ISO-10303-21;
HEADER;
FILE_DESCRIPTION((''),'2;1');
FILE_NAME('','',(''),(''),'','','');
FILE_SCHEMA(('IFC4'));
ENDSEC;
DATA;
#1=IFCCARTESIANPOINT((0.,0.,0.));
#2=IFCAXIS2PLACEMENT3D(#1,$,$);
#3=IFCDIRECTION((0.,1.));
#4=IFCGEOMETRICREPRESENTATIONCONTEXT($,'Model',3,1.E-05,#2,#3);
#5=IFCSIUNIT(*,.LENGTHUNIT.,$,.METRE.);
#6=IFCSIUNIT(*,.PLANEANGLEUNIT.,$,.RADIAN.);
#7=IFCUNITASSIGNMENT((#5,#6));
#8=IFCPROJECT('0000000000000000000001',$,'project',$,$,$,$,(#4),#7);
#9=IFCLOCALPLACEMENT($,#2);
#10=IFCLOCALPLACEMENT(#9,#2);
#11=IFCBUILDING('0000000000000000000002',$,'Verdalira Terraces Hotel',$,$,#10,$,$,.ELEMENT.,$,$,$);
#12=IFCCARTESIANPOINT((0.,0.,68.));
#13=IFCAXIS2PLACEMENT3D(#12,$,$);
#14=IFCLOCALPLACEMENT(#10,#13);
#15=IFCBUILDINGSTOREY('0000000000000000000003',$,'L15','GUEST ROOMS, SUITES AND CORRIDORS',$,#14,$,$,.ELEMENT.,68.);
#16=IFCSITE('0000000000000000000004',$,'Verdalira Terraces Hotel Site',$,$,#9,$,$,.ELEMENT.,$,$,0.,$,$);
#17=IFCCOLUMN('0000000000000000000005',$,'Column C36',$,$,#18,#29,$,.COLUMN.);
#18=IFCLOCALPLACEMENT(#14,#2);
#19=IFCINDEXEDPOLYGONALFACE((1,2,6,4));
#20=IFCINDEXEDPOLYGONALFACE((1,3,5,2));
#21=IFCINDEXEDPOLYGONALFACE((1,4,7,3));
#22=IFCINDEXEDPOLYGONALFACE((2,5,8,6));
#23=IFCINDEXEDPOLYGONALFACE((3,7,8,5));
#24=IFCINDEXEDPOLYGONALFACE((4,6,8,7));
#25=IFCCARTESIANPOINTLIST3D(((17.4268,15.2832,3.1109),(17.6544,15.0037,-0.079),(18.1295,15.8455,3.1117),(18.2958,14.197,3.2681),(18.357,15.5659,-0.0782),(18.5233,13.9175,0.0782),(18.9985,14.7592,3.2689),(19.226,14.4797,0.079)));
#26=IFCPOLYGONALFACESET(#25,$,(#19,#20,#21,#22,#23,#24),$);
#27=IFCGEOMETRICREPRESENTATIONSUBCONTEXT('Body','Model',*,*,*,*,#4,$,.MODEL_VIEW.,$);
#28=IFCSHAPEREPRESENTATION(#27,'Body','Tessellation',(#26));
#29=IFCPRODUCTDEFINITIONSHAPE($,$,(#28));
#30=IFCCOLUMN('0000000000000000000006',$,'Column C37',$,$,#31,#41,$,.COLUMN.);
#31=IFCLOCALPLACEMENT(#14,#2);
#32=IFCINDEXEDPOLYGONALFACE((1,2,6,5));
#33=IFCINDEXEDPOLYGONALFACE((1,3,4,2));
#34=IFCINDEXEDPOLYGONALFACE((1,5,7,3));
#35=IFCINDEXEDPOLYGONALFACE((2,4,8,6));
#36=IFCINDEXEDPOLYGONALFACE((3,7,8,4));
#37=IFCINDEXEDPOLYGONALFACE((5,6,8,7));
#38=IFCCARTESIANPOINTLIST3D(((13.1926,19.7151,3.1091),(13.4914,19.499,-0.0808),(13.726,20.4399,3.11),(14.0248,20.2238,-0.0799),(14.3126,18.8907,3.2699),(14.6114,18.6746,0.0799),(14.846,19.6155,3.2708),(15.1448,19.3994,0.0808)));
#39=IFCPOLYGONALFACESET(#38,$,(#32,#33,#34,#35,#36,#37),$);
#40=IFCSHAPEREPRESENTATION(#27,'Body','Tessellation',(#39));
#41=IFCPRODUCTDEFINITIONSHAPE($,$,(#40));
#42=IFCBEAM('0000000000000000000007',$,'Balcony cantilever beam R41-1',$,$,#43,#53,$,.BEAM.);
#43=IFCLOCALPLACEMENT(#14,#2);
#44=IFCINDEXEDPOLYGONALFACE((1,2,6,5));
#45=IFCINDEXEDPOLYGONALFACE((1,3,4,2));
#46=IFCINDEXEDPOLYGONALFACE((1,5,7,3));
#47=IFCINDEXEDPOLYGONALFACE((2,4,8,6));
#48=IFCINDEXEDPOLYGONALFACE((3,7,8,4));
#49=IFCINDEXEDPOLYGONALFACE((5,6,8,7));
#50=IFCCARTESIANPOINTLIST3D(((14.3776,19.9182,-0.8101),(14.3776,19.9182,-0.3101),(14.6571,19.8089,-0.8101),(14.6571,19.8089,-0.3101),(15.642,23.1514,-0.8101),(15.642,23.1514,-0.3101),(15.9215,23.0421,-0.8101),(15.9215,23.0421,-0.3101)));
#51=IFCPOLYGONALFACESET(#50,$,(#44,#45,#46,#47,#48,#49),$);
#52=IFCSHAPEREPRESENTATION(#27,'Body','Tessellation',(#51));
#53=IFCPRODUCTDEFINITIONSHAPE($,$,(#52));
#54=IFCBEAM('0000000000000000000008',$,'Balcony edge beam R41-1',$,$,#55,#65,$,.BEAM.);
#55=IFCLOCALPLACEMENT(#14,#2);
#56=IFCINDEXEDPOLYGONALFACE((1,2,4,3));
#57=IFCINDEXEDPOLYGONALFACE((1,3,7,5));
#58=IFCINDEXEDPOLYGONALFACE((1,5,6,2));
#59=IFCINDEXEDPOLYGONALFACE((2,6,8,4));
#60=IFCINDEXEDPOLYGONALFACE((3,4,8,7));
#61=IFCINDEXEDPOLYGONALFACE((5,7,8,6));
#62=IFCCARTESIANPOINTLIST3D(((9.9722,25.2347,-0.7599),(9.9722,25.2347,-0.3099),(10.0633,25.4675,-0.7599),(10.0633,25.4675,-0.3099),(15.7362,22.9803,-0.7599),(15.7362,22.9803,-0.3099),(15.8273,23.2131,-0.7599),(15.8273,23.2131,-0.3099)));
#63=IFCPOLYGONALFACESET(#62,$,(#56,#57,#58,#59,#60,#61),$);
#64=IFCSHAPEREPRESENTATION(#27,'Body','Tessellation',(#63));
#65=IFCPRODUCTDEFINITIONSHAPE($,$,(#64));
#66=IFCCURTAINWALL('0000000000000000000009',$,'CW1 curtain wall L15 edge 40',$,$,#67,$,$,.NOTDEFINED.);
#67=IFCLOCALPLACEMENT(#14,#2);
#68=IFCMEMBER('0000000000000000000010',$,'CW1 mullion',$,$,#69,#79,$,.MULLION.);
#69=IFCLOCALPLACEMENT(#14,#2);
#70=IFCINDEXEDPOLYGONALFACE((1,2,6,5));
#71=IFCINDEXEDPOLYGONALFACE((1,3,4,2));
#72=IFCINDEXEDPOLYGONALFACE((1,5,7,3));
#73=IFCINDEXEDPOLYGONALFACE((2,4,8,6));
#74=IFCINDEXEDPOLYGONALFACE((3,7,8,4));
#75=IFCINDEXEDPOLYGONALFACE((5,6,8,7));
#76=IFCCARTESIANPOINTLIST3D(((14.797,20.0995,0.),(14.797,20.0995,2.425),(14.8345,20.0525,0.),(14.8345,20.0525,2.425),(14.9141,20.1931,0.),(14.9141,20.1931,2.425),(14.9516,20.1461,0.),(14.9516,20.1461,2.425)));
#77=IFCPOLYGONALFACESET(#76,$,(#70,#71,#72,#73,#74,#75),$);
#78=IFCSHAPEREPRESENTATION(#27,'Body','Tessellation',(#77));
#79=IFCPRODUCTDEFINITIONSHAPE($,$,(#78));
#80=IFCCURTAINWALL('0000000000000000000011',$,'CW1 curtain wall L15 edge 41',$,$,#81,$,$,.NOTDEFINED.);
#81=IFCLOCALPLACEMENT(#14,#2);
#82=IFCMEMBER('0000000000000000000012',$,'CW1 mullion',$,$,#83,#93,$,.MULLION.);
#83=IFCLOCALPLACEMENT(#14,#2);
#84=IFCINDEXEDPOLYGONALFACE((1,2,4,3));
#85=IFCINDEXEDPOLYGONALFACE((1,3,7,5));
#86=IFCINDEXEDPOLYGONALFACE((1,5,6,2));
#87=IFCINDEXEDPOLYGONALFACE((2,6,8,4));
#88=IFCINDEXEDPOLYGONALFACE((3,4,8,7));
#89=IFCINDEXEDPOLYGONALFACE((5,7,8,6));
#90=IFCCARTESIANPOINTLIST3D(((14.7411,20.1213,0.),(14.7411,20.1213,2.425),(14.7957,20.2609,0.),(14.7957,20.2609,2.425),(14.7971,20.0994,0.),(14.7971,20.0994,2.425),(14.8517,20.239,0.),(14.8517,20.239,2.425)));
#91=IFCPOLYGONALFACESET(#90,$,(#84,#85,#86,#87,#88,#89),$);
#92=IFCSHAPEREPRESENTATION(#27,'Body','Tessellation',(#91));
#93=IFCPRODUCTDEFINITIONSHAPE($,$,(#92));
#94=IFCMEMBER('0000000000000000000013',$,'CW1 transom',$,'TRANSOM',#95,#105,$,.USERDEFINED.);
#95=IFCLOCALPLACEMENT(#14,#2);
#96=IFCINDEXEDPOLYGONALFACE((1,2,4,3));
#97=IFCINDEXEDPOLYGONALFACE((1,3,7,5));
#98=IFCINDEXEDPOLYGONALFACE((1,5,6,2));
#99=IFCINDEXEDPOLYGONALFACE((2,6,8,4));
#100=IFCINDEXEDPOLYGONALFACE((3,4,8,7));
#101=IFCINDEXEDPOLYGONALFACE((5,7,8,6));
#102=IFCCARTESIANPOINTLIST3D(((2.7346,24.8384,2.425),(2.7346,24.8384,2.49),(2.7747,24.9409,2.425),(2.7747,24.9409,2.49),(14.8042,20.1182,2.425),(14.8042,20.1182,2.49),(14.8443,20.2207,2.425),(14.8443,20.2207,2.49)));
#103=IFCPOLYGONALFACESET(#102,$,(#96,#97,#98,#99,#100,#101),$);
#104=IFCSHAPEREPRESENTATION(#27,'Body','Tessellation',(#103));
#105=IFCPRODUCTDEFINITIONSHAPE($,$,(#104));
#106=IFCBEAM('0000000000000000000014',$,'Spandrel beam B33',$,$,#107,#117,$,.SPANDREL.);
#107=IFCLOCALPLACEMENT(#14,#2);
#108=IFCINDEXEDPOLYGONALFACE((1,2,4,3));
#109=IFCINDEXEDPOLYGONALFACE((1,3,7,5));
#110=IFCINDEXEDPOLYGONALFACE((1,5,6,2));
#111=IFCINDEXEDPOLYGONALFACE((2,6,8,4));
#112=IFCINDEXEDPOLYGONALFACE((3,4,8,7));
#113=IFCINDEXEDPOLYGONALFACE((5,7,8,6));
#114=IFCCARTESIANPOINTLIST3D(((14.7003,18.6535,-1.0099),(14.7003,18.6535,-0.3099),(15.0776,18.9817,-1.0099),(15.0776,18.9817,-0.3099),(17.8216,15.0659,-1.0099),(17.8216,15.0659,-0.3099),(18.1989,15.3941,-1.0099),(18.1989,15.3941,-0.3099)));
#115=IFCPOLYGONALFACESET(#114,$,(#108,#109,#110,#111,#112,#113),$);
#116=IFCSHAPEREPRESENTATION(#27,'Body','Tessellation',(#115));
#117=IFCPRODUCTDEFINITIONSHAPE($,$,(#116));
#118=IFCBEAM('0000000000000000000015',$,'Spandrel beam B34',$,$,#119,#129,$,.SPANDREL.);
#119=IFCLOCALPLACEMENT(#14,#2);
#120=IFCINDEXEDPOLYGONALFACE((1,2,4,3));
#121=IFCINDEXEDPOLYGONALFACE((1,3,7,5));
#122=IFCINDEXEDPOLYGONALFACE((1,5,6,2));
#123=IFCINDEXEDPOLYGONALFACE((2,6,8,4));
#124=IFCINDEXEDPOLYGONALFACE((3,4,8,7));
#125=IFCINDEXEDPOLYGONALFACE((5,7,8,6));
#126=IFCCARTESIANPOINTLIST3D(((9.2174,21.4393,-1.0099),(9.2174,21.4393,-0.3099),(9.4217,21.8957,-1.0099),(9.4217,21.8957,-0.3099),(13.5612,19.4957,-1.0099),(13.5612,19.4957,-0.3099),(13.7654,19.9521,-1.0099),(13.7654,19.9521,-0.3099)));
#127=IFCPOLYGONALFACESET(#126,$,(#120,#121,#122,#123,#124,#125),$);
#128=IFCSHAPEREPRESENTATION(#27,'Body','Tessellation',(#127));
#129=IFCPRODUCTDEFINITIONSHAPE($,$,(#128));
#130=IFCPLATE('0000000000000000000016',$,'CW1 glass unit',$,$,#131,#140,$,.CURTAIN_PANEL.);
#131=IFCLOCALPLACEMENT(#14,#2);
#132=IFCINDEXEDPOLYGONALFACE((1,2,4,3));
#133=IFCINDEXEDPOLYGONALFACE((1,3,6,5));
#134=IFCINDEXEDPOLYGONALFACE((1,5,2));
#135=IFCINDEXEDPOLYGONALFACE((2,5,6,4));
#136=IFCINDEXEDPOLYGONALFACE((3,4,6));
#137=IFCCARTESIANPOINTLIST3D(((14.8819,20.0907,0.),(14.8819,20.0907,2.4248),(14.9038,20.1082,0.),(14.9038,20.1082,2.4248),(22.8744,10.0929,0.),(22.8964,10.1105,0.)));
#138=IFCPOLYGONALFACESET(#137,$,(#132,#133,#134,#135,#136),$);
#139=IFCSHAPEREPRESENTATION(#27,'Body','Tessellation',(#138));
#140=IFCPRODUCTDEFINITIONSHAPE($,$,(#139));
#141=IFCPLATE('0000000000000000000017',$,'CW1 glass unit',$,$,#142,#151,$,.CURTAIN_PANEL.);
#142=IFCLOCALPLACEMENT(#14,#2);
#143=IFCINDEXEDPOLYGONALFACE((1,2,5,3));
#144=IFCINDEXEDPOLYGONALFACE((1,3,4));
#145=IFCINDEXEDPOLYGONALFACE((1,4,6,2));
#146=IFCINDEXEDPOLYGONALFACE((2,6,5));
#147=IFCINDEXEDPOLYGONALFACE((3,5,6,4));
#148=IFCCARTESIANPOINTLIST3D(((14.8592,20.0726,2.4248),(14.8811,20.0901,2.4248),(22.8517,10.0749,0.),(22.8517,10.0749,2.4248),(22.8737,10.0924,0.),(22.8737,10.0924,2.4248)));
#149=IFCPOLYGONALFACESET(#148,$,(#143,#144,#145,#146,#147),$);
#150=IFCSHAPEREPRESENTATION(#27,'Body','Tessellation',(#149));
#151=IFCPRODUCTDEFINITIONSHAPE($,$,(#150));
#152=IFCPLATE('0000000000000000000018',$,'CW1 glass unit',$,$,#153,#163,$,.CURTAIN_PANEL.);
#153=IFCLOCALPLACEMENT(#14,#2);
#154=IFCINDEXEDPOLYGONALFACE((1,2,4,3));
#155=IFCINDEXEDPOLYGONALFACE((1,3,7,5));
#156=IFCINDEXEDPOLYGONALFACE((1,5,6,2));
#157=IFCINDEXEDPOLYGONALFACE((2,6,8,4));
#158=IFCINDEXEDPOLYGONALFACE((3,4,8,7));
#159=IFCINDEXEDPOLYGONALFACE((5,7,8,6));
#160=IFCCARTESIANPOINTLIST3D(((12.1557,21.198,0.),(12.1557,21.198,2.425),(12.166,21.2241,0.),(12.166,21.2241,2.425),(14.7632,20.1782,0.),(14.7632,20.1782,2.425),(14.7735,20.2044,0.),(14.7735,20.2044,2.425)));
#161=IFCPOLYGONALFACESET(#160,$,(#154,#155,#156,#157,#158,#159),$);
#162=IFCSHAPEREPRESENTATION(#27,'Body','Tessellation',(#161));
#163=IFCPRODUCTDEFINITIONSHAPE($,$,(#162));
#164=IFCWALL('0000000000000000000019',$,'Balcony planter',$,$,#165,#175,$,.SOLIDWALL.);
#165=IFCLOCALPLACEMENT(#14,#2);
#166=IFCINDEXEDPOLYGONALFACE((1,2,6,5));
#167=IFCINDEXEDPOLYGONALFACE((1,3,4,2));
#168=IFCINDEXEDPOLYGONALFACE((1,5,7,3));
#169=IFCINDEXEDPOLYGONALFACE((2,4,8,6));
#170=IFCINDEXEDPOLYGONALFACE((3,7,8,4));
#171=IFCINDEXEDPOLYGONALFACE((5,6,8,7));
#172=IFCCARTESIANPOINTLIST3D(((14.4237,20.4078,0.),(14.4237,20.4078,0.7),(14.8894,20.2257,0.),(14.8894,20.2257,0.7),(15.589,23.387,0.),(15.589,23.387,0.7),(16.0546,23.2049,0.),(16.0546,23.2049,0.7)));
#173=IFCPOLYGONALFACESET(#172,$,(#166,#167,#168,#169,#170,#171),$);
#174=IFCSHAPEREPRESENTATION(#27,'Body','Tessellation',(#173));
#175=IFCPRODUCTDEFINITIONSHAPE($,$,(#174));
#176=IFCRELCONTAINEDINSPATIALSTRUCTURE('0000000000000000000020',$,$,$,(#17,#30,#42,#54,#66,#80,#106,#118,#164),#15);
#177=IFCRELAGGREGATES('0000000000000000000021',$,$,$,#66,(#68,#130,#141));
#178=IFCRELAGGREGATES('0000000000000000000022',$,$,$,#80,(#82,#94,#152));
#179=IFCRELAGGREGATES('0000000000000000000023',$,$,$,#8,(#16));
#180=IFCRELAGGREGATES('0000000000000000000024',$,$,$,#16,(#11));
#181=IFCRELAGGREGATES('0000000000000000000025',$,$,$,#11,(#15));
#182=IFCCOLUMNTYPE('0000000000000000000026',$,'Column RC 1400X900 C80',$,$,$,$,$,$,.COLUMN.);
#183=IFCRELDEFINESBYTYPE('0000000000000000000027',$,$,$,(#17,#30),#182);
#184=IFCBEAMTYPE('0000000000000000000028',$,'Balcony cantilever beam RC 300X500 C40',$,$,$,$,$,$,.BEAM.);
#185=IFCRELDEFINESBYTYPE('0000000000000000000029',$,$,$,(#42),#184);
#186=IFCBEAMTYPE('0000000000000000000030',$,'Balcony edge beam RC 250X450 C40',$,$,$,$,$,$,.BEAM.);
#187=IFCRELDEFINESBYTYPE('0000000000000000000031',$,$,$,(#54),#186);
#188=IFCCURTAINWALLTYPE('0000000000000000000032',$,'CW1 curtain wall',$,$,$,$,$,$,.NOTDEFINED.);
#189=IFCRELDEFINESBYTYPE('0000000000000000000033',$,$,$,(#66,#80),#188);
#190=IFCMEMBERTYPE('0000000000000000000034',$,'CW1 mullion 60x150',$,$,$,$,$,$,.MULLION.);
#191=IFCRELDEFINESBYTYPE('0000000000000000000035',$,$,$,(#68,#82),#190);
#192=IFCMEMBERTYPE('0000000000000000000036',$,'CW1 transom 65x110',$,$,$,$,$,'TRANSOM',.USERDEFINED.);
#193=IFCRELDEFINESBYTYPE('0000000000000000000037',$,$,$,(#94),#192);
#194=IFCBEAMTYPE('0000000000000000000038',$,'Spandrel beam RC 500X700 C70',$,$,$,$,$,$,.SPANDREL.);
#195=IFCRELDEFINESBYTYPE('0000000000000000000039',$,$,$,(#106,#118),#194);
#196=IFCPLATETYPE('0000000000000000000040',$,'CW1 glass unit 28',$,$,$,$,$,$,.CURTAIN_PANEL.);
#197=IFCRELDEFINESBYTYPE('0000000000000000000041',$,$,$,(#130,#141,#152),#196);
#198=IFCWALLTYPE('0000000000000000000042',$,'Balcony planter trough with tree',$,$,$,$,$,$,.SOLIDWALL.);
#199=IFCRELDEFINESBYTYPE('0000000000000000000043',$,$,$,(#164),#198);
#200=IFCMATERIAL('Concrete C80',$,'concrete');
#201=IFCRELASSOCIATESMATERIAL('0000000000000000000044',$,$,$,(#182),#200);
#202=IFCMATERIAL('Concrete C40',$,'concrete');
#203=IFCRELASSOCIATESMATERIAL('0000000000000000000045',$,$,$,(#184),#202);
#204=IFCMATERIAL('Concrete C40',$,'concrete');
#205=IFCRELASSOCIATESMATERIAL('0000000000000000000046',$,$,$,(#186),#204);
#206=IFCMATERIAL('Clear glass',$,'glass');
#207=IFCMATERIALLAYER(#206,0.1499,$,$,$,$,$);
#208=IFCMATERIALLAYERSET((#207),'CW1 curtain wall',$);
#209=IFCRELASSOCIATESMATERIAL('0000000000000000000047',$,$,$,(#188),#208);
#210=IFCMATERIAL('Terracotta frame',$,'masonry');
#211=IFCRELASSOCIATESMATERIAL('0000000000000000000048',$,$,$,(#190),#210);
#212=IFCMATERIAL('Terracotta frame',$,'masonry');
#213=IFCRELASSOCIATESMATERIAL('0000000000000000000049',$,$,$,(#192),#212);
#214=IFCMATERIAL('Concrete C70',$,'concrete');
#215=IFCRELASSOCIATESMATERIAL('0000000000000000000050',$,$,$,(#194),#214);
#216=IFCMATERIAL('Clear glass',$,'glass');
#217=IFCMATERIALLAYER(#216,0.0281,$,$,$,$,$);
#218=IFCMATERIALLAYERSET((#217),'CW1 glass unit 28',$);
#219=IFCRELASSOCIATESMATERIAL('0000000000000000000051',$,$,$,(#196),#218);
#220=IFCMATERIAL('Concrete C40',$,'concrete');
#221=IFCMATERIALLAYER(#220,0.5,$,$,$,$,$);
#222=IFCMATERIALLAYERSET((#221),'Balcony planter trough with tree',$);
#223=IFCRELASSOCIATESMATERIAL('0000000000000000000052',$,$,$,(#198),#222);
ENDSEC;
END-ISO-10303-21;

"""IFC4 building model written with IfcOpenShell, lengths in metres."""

from ifc_helpers import new_model, si_unit, direction, frame, frame_2d, origin, origin_2d, place, context, subcontext, project, spatial, polyline, rectangle, outline, extrude, material, layer, layer_set, material_profile, profile_set, type_object, element, aggregate, save


model = new_model("IFC4")

# Units and contexts
model_context = context("Model", 3, precision=1e-05, world=origin(), true_north=direction((0.0, 1.0)))
body_context = subcontext(model_context, "Body", "Model", "MODEL_VIEW")
ifc_project = project(units=[si_unit("LENGTHUNIT", "METRE"), si_unit("PLANEANGLEUNIT", "RADIAN")], contexts=[model_context])

# Site, building, storey
site_placement = place(None, origin())
site = spatial("IfcSite", under=ifc_project, at=site_placement, Name="Verdalira Terraces Hotel Site", CompositionType="ELEMENT", RefElevation=0.0)
building_placement = place(site_placement, origin())
building = spatial("IfcBuilding", under=site, at=building_placement, Name="Verdalira Terraces Hotel", CompositionType="ELEMENT")
storey_placement = place(building_placement, frame((0.0, 0.0, 68.0)))
storey = spatial("IfcBuildingStorey", under=building, at=storey_placement, Name="L15", Description="GUEST ROOMS, SUITES AND CORRIDORS", CompositionType="ELEMENT", Elevation=68.0)

# Columns
ifc_material_1 = material(Name="Concrete C80", Category="concrete")
ifc_material_profile_1 = material_profile(ifc_material_1, rectangle(XDim=1.3999, YDim=0.8999, at=origin_2d()), Name="RC 1400X900")
ifc_profile_set_1 = profile_set([ifc_material_profile_1], Name="Concrete C80")
column_type = type_object("IfcColumnType", Name="Column RC 1400X900 C80", PredefinedType="COLUMN", material=ifc_profile_set_1)
column_1_placement = place(storey_placement, frame((18.4402, 14.7417, 0.0), z_axis=(-0.070879, 0.087078, 0.993677), x_axis=(-0.620728, 0.775946, -0.112274)))
element("IfcColumn", 1, at=column_1_placement, inside=storey, type_object=column_type, Name="Column C36", PredefinedType="COLUMN", context=body_context, shape_type="SweptSolid", body=[
    extrude(rectangle(XDim=1.3999, YDim=0.8999, at=origin_2d()), origin(), (0.0, 0.0, 1.0), 3.2102),
])
column_2_placement = place(storey_placement, frame((14.3181, 19.4492, 0.0), z_axis=(-0.093059, 0.067285, 0.993385), x_axis=(0.800034, -0.588863, 0.114831)))
element("IfcColumn", 2, at=column_2_placement, inside=storey, type_object=column_type, Name="Column C37", PredefinedType="COLUMN", context=body_context, shape_type="SweptSolid", body=[
    extrude(rectangle(XDim=1.3999, YDim=0.8999, at=origin_2d()), origin(), (0.0, 0.0, 1.0), 3.2112),
])

# Beams
ifc_material_2 = material(Name="Concrete C40", Category="concrete")
ifc_material_profile_2 = material_profile(ifc_material_2, rectangle(XDim=0.3, YDim=0.5, at=origin_2d()), Name="RC 300X500")
ifc_profile_set_2 = profile_set([ifc_material_profile_2], Name="Concrete C40")
beam_type_1 = type_object("IfcBeamType", Name="Balcony cantilever beam RC 300X500 C40", PredefinedType="BEAM", material=ifc_profile_set_2)
beam_1_placement = place(storey_placement, frame((14.5173, 19.8635, -0.5601), z_axis=(0.364214, 0.931315, 0.0), x_axis=(-0.931315, 0.364214, 0.0)))
element("IfcBeam", 3, at=beam_1_placement, inside=storey, type_object=beam_type_1, Name="Balcony cantilever beam R41-1", PredefinedType="BEAM", context=body_context, shape_type="SweptSolid", body=[
    extrude(rectangle(XDim=0.3, YDim=0.5, at=origin_2d()), origin(), (0.0, 0.0, 1.0), 3.4717),
])
ifc_material_3 = material(Name="Concrete C40", Category="concrete")
ifc_material_profile_3 = material_profile(ifc_material_3, rectangle(XDim=0.25, YDim=0.45, at=origin_2d()), Name="RC 250X450")
ifc_profile_set_3 = profile_set([ifc_material_profile_3], Name="Concrete C40")
beam_type_2 = type_object("IfcBeamType", Name="Balcony edge beam RC 250X450 C40", PredefinedType="BEAM", material=ifc_profile_set_3)
beam_2_placement = place(storey_placement, frame((15.7817, 23.0967, -0.5349), z_axis=(-0.9313, 0.364252, 0.0), x_axis=(-0.364252, -0.9313, 0.0)))
element("IfcBeam", 4, at=beam_2_placement, inside=storey, type_object=beam_type_2, Name="Balcony edge beam R41-1", PredefinedType="BEAM", context=body_context, shape_type="SweptSolid", body=[
    extrude(rectangle(XDim=0.25, YDim=0.45, at=origin_2d()), origin(), (0.0, 0.0, 1.0), 6.1892),
])

# Curtain wall, member
ifc_material_4 = material(Name="Clear glass", Category="glass")
ifc_layer_1 = layer(ifc_material_4, 0.1499)
ifc_layer_set_1 = layer_set([ifc_layer_1], Name="CW1 curtain wall")
curtain_wall_type = type_object("IfcCurtainWallType", Name="CW1 curtain wall", PredefinedType="NOTDEFINED", material=ifc_layer_set_1)
curtain_wall_1_placement = place(storey_placement, origin())
curtain_wall_1 = element("IfcCurtainWall", 5, at=curtain_wall_1_placement, inside=storey, type_object=curtain_wall_type, Name="CW1 curtain wall L15 edge 40", PredefinedType="NOTDEFINED")
ifc_material_5 = material(Name="Terracotta frame", Category="masonry")
ifc_material_profile_4 = material_profile(ifc_material_5, rectangle(XDim=0.0601, YDim=0.1499, at=origin_2d()), Name="MU 60x150")
ifc_profile_set_4 = profile_set([ifc_material_profile_4], Name="Terracotta frame")
member_type_1 = type_object("IfcMemberType", Name="CW1 mullion 60x150", PredefinedType="MULLION", material=ifc_profile_set_4)
member_1_placement = place(storey_placement, frame((14.8743, 20.1228, 0.0), z_axis=(0.0, 0.0, 1.0), x_axis=(-0.624425, 0.781085, 0.0)))
member_1 = element("IfcMember", 6, at=member_1_placement, type_object=member_type_1, Name="CW1 mullion", PredefinedType="MULLION", context=body_context, shape_type="SweptSolid", body=[
    extrude(rectangle(XDim=0.0601, YDim=0.1499, at=origin_2d()), origin(), (0.0, 0.0, 1.0), 2.425),
])

# Curtain wall, members
curtain_wall_2_placement = place(storey_placement, origin())
curtain_wall_2 = element("IfcCurtainWall", 7, at=curtain_wall_2_placement, inside=storey, type_object=curtain_wall_type, Name="CW1 curtain wall L15 edge 41", PredefinedType="NOTDEFINED")
member_2_placement = place(storey_placement, frame((14.7964, 20.1802, 0.0), z_axis=(0.0, 0.0, 1.0), x_axis=(-0.93131, 0.364227, 0.0)))
member_2 = element("IfcMember", 8, at=member_2_placement, type_object=member_type_1, Name="CW1 mullion", PredefinedType="MULLION", context=body_context, shape_type="SweptSolid", body=[
    extrude(rectangle(XDim=0.0601, YDim=0.1499, at=origin_2d()), origin(), (0.0, 0.0, 1.0), 2.425),
])
ifc_material_6 = material(Name="Terracotta frame", Category="masonry")
ifc_material_profile_5 = material_profile(ifc_material_6, rectangle(XDim=0.1101, YDim=0.0649, at=origin_2d()), Name="TR 65x110")
ifc_profile_set_5 = profile_set([ifc_material_profile_5], Name="Terracotta frame")
member_type_2 = type_object("IfcMemberType", Name="CW1 transom 65x110", ElementType="TRANSOM", PredefinedType="USERDEFINED", material=ifc_profile_set_5)
member_3_placement = place(storey_placement, frame((14.8242, 20.1694, 2.4575), z_axis=(-0.931313, 0.364221, 0.0), x_axis=(-0.364221, -0.931313, 0.0)))
member_3 = element("IfcMember", 9, at=member_3_placement, type_object=member_type_2, Name="CW1 transom", ObjectType="TRANSOM", PredefinedType="USERDEFINED", context=body_context, shape_type="SweptSolid", body=[
    extrude(rectangle(XDim=0.1101, YDim=0.0649, at=origin_2d()), origin(), (0.0, 0.0, 1.0), 12.9597),
])

# Beams
ifc_material_7 = material(Name="Concrete C70", Category="concrete")
ifc_material_profile_6 = material_profile(ifc_material_7, rectangle(XDim=0.5, YDim=0.7, at=origin_2d()), Name="RC 500X700")
ifc_profile_set_6 = profile_set([ifc_material_profile_6], Name="Concrete C70")
beam_type_3 = type_object("IfcBeamType", Name="Spandrel beam RC 500X700 C70", PredefinedType="SPANDREL", material=ifc_profile_set_6)
beam_3_placement = place(storey_placement, frame((18.0103, 15.23, -0.6599), z_axis=(-0.656376, 0.754434, 0.0), x_axis=(-0.754434, -0.656376, 0.0)))
element("IfcBeam", 10, at=beam_3_placement, inside=storey, type_object=beam_type_3, Name="Spandrel beam B33", PredefinedType="SPANDREL", context=body_context, shape_type="SweptSolid", body=[
    extrude(rectangle(XDim=0.5, YDim=0.7, at=origin_2d()), origin(), (0.0, 0.0, 1.0), 4.7554),
])
beam_4_placement = place(storey_placement, frame((13.6633, 19.7239, -0.6599), z_axis=(-0.912791, 0.408427, 0.0), x_axis=(-0.408427, -0.912791, 0.0)))
element("IfcBeam", 11, at=beam_4_placement, inside=storey, type_object=beam_type_3, Name="Spandrel beam B34", PredefinedType="SPANDREL", context=body_context, shape_type="SweptSolid", body=[
    extrude(rectangle(XDim=0.5, YDim=0.7, at=origin_2d()), origin(), (0.0, 0.0, 1.0), 4.7588),
])

# Plates
ifc_material_8 = material(Name="Clear glass", Category="glass")
ifc_layer_2 = layer(ifc_material_8, 0.0281)
ifc_layer_set_2 = layer_set([ifc_layer_2], Name="CW1 glass unit 28")
plate_type = type_object("IfcPlateType", Name="CW1 glass unit 28", PredefinedType="CURTAIN_PANEL", material=ifc_layer_set_2)
plate_1_placement = place(storey_placement, frame((18.8782, 15.0918, 1.2124), z_axis=(0.781085, 0.624425, 0.0), x_axis=(-0.624425, 0.781085, 0.0)))
plate_1 = element("IfcPlate", 12, at=plate_1_placement, type_object=plate_type, Name="CW1 glass unit", PredefinedType="CURTAIN_PANEL", context=body_context, shape_type="SweptSolid", body=[
    extrude(outline(polyline([(-6.3999, -1.2124), (6.3999, -1.2124), (6.3999, 1.2124), (-6.3999, -1.2124)])), origin(), (0.0, 0.0, 1.0), 0.0281),
])
plate_2_placement = place(storey_placement, frame((18.8555, 15.0737, 1.2124), z_axis=(0.781085, 0.624425, 0.0), x_axis=(-0.624425, 0.781085, 0.0)))
plate_2 = element("IfcPlate", 13, at=plate_2_placement, type_object=plate_type, Name="CW1 glass unit", PredefinedType="CURTAIN_PANEL", context=body_context, shape_type="SweptSolid", body=[
    extrude(outline(polyline([(-6.3999, -1.2124), (6.3999, 1.2124), (-6.3999, 1.2124), (-6.3999, -1.2124)])), origin(), (0.0, 0.0, 1.0), 0.0281),
])
aggregate(curtain_wall_1, [member_1, plate_1, plate_2])
plate_3_placement = place(storey_placement, frame((13.4646, 20.7012, 0.0), z_axis=(0.0, 0.0, 1.0), x_axis=(-0.93131, 0.364227, 0.0)))
plate_3 = element("IfcPlate", 14, at=plate_3_placement, type_object=plate_type, Name="CW1 glass unit", PredefinedType="CURTAIN_PANEL", context=body_context, shape_type="SweptSolid", body=[
    extrude(rectangle(XDim=2.7998, YDim=0.0281, at=origin_2d()), origin(), (0.0, 0.0, 1.0), 2.425),
])
aggregate(curtain_wall_2, [member_2, member_3, plate_3])

# Wall
ifc_material_9 = material(Name="Concrete C40", Category="concrete")
ifc_layer_3 = layer(ifc_material_9, 0.5)
ifc_layer_set_3 = layer_set([ifc_layer_3], Name="Balcony planter trough with tree")
wall_type_1 = type_object("IfcWallType", Name="Balcony planter trough with tree", PredefinedType="SOLIDWALL", material=ifc_layer_set_3)
wall_1_placement = place(storey_placement, frame((14.6565, 20.3166, 0.0), z_axis=(0.0, 0.0, 1.0), x_axis=(0.364261, 0.931297, 0.0)))
element("IfcWall", 15, at=wall_1_placement, inside=storey, type_object=wall_type_1, Name="Balcony planter", PredefinedType="SOLIDWALL", context=body_context, shape_type="SweptSolid", body=[
    extrude(rectangle(XDim=3.199, YDim=0.5, at=frame_2d((1.5996, 0.0))), origin(), (0.0, 0.0, 1.0), 0.7),
])

save(model, "model.ifc")
